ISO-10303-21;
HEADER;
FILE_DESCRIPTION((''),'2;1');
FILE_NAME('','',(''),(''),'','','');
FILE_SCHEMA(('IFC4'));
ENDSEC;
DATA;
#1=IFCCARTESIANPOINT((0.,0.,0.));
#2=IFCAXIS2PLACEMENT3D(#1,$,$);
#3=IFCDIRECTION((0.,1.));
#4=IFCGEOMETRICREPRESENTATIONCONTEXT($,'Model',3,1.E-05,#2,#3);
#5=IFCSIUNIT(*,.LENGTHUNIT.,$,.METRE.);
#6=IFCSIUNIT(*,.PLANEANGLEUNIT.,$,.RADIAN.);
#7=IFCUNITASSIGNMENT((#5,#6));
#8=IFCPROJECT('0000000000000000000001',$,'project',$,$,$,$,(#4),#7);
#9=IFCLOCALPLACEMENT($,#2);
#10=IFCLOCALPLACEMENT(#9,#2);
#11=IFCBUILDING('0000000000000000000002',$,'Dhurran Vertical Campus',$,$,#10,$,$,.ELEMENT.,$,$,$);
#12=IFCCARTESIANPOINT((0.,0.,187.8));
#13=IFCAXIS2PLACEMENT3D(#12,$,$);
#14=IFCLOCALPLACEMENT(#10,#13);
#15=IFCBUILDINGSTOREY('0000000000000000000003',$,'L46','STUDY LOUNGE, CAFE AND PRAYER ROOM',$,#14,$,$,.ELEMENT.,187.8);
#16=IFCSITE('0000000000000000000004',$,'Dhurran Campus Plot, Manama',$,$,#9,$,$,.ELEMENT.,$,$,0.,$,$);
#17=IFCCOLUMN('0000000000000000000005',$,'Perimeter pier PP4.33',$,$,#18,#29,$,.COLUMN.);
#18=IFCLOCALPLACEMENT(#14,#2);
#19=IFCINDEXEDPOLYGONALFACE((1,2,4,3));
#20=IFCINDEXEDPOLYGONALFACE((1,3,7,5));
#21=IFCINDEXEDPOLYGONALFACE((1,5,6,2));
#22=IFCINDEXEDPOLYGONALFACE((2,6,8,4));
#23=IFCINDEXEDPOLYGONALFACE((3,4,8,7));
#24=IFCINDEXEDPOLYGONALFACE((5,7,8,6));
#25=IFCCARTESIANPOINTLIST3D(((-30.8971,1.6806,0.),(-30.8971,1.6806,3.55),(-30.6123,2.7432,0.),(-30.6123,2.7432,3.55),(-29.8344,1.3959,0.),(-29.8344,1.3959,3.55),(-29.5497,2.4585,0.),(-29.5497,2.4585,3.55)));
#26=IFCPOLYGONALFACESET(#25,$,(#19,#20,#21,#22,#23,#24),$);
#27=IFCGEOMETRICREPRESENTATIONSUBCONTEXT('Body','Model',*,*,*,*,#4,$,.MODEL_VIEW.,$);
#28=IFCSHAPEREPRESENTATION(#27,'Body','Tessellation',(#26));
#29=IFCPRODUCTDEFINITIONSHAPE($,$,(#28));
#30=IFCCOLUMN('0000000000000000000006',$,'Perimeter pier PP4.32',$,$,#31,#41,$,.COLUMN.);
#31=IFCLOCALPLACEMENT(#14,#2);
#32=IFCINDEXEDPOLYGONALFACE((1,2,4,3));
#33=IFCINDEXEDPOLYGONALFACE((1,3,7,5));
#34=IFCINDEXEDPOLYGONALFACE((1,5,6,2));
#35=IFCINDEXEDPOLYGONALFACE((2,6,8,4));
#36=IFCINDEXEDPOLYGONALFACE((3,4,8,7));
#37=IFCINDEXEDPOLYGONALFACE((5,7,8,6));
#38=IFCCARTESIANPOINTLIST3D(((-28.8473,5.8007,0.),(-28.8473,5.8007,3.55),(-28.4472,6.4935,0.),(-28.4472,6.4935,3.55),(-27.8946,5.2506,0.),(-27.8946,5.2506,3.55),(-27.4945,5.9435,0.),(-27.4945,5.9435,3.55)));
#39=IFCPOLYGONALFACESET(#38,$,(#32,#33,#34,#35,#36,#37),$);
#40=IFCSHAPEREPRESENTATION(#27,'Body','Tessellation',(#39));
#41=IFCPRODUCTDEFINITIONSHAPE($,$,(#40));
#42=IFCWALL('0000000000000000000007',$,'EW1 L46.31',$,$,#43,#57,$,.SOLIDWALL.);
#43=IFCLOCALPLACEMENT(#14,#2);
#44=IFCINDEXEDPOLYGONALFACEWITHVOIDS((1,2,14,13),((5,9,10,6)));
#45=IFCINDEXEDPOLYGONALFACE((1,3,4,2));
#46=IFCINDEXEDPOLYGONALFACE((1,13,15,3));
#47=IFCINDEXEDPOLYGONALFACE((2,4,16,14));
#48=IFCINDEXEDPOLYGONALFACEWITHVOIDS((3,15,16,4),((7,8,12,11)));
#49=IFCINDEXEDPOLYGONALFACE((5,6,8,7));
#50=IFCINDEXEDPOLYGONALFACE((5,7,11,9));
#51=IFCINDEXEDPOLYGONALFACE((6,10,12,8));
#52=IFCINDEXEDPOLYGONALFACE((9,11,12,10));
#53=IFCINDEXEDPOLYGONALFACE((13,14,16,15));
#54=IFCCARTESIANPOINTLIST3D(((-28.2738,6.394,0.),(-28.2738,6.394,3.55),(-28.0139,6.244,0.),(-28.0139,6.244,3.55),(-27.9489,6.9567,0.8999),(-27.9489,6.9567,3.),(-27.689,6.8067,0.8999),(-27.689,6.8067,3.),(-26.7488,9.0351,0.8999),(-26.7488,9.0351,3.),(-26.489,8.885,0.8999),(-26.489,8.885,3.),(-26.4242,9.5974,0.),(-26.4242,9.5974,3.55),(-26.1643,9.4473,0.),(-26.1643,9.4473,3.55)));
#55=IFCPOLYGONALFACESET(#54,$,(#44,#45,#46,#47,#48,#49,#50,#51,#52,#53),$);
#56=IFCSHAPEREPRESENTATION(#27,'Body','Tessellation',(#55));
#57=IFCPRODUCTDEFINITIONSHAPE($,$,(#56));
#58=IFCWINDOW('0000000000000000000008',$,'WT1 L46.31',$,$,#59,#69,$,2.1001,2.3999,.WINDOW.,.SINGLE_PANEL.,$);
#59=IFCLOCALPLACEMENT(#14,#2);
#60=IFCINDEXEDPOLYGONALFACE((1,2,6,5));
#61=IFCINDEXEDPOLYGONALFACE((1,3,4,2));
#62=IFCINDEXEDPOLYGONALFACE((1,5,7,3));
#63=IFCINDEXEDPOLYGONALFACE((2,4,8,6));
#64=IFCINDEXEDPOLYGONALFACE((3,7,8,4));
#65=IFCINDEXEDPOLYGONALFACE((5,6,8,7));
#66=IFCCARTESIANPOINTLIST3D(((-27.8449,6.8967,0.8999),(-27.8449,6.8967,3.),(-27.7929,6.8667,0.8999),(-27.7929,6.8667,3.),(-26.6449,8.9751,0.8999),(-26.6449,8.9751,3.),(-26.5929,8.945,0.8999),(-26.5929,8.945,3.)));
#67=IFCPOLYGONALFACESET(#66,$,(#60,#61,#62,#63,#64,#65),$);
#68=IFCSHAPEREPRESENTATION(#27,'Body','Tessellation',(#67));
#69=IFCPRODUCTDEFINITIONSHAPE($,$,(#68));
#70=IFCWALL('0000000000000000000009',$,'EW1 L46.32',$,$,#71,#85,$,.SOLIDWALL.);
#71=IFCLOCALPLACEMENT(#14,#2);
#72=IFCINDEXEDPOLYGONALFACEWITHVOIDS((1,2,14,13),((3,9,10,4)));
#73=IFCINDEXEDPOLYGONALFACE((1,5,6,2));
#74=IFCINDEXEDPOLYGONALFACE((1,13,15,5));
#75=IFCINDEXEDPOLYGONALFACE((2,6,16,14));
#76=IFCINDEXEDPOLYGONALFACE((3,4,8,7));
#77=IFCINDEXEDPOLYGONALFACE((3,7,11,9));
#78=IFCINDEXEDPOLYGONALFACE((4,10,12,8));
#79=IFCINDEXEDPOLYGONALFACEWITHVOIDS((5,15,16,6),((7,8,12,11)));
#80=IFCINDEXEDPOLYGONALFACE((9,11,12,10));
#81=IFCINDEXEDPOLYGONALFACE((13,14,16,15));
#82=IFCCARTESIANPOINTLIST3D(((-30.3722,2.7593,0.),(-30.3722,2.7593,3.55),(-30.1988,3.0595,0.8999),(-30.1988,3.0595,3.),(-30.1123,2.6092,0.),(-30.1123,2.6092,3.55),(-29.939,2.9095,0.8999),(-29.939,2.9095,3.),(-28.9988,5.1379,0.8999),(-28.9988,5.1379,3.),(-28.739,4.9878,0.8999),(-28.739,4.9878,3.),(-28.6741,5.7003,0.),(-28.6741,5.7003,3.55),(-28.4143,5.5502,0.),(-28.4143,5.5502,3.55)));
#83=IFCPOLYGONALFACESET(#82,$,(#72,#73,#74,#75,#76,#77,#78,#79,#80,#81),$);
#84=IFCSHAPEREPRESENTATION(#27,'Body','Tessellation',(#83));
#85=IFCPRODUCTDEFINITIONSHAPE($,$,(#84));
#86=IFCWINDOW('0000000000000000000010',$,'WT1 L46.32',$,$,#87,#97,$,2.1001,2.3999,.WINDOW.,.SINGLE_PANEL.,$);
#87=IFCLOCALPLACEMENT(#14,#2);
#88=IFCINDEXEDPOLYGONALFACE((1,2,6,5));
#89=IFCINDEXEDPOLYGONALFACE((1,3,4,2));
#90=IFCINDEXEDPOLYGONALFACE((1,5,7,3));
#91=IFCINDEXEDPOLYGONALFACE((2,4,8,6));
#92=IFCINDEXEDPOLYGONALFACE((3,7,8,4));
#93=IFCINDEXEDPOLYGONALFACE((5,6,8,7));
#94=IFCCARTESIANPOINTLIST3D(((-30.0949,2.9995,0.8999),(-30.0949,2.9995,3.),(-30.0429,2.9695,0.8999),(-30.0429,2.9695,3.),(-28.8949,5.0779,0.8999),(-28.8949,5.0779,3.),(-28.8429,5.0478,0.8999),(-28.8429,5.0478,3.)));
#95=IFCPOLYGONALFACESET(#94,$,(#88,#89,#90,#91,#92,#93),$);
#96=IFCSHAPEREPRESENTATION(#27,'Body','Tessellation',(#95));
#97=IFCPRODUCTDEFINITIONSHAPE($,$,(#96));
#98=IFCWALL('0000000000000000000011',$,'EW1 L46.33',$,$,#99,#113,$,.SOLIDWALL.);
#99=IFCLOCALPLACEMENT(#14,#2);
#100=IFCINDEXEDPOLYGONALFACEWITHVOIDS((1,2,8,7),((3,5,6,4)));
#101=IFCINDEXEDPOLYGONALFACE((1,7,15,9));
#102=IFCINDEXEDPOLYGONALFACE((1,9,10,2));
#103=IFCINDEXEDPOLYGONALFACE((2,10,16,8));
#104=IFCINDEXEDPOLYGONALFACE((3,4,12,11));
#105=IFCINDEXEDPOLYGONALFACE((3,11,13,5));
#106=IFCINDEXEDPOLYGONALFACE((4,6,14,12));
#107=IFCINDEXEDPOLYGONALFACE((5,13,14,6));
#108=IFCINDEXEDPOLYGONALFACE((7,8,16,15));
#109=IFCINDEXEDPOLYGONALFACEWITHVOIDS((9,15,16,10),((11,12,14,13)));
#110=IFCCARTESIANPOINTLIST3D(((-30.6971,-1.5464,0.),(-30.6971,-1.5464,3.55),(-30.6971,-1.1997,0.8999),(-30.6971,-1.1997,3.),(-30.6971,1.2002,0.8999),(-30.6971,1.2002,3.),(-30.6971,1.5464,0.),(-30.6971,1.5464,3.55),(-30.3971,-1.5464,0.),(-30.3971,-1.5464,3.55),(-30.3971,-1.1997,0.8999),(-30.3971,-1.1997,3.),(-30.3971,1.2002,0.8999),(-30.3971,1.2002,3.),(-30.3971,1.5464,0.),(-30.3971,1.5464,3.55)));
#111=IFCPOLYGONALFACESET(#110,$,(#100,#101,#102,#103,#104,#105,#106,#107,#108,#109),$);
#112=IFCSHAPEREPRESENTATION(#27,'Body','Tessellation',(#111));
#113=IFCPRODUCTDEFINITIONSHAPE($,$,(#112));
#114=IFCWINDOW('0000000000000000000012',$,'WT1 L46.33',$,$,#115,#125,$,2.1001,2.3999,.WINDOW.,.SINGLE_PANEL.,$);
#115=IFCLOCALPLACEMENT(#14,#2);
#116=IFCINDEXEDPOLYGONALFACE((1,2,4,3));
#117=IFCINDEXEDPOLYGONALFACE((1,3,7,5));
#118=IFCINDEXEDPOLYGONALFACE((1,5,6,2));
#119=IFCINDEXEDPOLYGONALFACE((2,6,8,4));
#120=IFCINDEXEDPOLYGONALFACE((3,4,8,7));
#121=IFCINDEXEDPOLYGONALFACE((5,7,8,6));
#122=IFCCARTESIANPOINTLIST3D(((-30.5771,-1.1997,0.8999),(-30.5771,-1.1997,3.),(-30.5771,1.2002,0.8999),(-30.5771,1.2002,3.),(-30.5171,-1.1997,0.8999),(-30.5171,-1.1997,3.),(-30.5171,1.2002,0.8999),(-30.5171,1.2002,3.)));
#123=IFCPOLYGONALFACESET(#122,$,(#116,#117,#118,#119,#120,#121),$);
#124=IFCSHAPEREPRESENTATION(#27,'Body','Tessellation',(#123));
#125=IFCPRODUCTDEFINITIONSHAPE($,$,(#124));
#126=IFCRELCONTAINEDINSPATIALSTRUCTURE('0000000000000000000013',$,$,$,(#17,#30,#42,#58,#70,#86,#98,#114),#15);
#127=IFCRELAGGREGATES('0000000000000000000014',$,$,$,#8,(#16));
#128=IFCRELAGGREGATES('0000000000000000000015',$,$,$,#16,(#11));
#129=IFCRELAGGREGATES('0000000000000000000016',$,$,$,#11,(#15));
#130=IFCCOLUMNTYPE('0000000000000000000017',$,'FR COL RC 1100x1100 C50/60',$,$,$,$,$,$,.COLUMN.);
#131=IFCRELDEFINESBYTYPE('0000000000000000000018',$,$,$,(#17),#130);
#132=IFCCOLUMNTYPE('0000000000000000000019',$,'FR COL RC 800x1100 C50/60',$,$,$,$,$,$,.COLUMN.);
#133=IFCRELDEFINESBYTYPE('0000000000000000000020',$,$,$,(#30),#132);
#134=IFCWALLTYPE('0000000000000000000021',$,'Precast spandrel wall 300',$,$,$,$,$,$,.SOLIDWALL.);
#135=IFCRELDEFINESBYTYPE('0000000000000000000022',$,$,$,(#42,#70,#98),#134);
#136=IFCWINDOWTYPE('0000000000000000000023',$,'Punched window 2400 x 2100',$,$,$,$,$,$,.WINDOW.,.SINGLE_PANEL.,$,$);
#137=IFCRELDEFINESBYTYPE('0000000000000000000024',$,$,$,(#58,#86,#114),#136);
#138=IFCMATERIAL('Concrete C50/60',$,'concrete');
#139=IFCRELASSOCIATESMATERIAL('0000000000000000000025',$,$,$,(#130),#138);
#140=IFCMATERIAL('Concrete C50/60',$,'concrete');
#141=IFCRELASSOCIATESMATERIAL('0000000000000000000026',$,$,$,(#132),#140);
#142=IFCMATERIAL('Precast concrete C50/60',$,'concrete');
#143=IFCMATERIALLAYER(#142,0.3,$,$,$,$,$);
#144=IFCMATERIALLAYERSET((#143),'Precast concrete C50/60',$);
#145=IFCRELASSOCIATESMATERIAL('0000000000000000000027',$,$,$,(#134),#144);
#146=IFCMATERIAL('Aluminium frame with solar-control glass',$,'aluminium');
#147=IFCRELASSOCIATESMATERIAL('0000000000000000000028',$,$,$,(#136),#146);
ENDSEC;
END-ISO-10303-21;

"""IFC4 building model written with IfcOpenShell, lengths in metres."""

from ifc_helpers import new_model, si_unit, direction, frame, frame_2d, origin, origin_2d, place, context, subcontext, project, spatial, rectangle, extrude, material, layer, layer_set, material_profile, profile_set, type_object, element, fill, save


model = new_model("IFC4")

# Units and contexts
model_context = context("Model", 3, precision=1e-05, world=origin(), true_north=direction((0.0, 1.0)))
body_context = subcontext(model_context, "Body", "Model", "MODEL_VIEW")
ifc_project = project(units=[si_unit("LENGTHUNIT", "METRE"), si_unit("PLANEANGLEUNIT", "RADIAN")], contexts=[model_context])

# Site, building, storey
site_placement = place(None, origin())
site = spatial("IfcSite", under=ifc_project, at=site_placement, Name="Dhurran Campus Plot, Manama", CompositionType="ELEMENT", RefElevation=0.0)
building_placement = place(site_placement, origin())
building = spatial("IfcBuilding", under=site, at=building_placement, Name="Dhurran Vertical Campus", CompositionType="ELEMENT")
storey_placement = place(building_placement, frame((0.0, 0.0, 187.8)))
storey = spatial("IfcBuildingStorey", under=building, at=storey_placement, Name="L46", Description="STUDY LOUNGE, CAFE AND PRAYER ROOM", CompositionType="ELEMENT", Elevation=187.8)

# Columns
ifc_material_1 = material(Name="Concrete C50/60", Category="concrete")
ifc_material_profile_1 = material_profile(ifc_material_1, rectangle(XDim=1.1001, YDim=1.1001, at=origin_2d()), Name="RC 1100x1100")
ifc_profile_set_1 = profile_set([ifc_material_profile_1], Name="Concrete C50/60")
column_type_1 = type_object("IfcColumnType", Name="FR COL RC 1100x1100 C50/60", PredefinedType="COLUMN", material=ifc_profile_set_1)
column_1_placement = place(storey_placement, frame((-30.2234, 2.0696, 0.0), z_axis=(0.0, 0.0, 1.0), x_axis=(-0.258819, -0.965926, 0.0)))
element("IfcColumn", 1, at=column_1_placement, inside=storey, type_object=column_type_1, Name="Perimeter pier PP4.33", PredefinedType="COLUMN", context=body_context, shape_type="SweptSolid", body=[
    extrude(rectangle(XDim=1.1001, YDim=1.1001, at=origin_2d()), origin(), (0.0, 0.0, 1.0), 3.55),
])
ifc_material_2 = material(Name="Concrete C50/60", Category="concrete")
ifc_material_profile_2 = material_profile(ifc_material_2, rectangle(XDim=0.8, YDim=1.1001, at=origin_2d()), Name="RC 800x1100")
ifc_profile_set_2 = profile_set([ifc_material_profile_2], Name="Concrete C50/60")
column_type_2 = type_object("IfcColumnType", Name="FR COL RC 800x1100 C50/60", PredefinedType="COLUMN", material=ifc_profile_set_2)
column_2_placement = place(storey_placement, frame((-28.1709, 5.8721, 0.0), z_axis=(0.0, 0.0, 1.0), x_axis=(-0.5, -0.866025, 0.0)))
element("IfcColumn", 2, at=column_2_placement, inside=storey, type_object=column_type_2, Name="Perimeter pier PP4.32", PredefinedType="COLUMN", context=body_context, shape_type="SweptSolid", body=[
    extrude(rectangle(XDim=0.8, YDim=1.1001, at=origin_2d()), origin(), (0.0, 0.0, 1.0), 3.55),
])

# Walls, openings, windows
ifc_material_3 = material(Name="Precast concrete C50/60", Category="concrete")
ifc_layer_1 = layer(ifc_material_3, 0.3)
ifc_layer_set_1 = layer_set([ifc_layer_1], Name="Precast concrete C50/60")
wall_type_1 = type_object("IfcWallType", Name="Precast spandrel wall 300", PredefinedType="SOLIDWALL", material=ifc_layer_set_1)
wall_1_placement = place(storey_placement, frame((-26.2942, 9.5225, 0.0), z_axis=(0.0, 0.0, 1.0), x_axis=(-0.500029, -0.866009, 0.0)))
wall_1 = element("IfcWall", 3, at=wall_1_placement, inside=storey, type_object=wall_type_1, Name="EW1 L46.31", PredefinedType="SOLIDWALL", context=body_context, shape_type="SweptSolid", body=[
    extrude(rectangle(XDim=3.699, YDim=0.3, at=frame_2d((1.8496, 0.0))), origin(), (0.0, 0.0, 1.0), 3.55),
])
opening_1_placement = place(wall_1_placement, frame((0.6494, 0.0, 0.8999)))
opening_1 = element("IfcOpeningElement", 4, at=opening_1_placement, cuts=wall_1, PredefinedType="OPENING", context=body_context, shape_type="SweptSolid", body=[
    extrude(rectangle(XDim=2.3999, YDim=2.1001, at=frame_2d((1.2, 1.05))), frame((0.0, 0.1599, 0.0), z_axis=(0.0, -1.0, 0.0), x_axis=(1.0, 0.0, 0.0)), (0.0, 0.0, 1.0), 0.3201),
])
ifc_material_4 = material(Name="Aluminium frame with solar-control glass", Category="aluminium")
window_type = type_object("IfcWindowType", Name="Punched window 2400 x 2100", PartitioningType="SINGLE_PANEL", PredefinedType="WINDOW", material=ifc_material_4)
window_1_placement = place(opening_1_placement, origin())
window_1 = element("IfcWindow", 5, at=window_1_placement, inside=storey, type_object=window_type, Name="WT1 L46.31", OverallHeight=2.1001, OverallWidth=2.3999, PartitioningType="SINGLE_PANEL", PredefinedType="WINDOW", context=body_context, shape_type="SweptSolid", body=[
    extrude(rectangle(XDim=2.3999, YDim=2.1001, at=frame_2d((1.2, 1.05))), frame((0.0, 0.03, 0.0), z_axis=(0.0, -1.0, 0.0), x_axis=(1.0, 0.0, 0.0)), (0.0, 0.0, 1.0), 0.0601),
])
fill(opening_1, window_1)
wall_2_placement = place(storey_placement, frame((-28.5442, 5.6252, 0.0), z_axis=(0.0, 0.0, 1.0), x_axis=(-0.500013, -0.866018, 0.0)))
wall_2 = element("IfcWall", 6, at=wall_2_placement, inside=storey, type_object=wall_type_1, Name="EW1 L46.32", PredefinedType="SOLIDWALL", context=body_context, shape_type="SweptSolid", body=[
    extrude(rectangle(XDim=3.396, YDim=0.3, at=frame_2d((1.698, 0.0))), origin(), (0.0, 0.0, 1.0), 3.55),
])
opening_2_placement = place(wall_2_placement, frame((0.6494, 0.0, 0.8999)))
opening_2 = element("IfcOpeningElement", 7, at=opening_2_placement, cuts=wall_2, PredefinedType="OPENING", context=body_context, shape_type="SweptSolid", body=[
    extrude(rectangle(XDim=2.3999, YDim=2.1001, at=frame_2d((1.2, 1.05))), frame((0.0, 0.1599, 0.0), z_axis=(0.0, -1.0, 0.0), x_axis=(1.0, 0.0, 0.0)), (0.0, 0.0, 1.0), 0.3201),
])
window_2_placement = place(opening_2_placement, origin())
window_2 = element("IfcWindow", 8, at=window_2_placement, inside=storey, type_object=window_type, Name="WT1 L46.32", OverallHeight=2.1001, OverallWidth=2.3999, PartitioningType="SINGLE_PANEL", PredefinedType="WINDOW", context=body_context, shape_type="SweptSolid", body=[
    extrude(rectangle(XDim=2.3999, YDim=2.1001, at=frame_2d((1.2, 1.05))), frame((0.0, 0.03, 0.0), z_axis=(0.0, -1.0, 0.0), x_axis=(1.0, 0.0, 0.0)), (0.0, 0.0, 1.0), 0.0601),
])
fill(opening_2, window_2)
wall_3_placement = place(storey_placement, frame((-30.5471, 1.5464, 0.0), z_axis=(0.0, 0.0, 1.0), x_axis=(0.0, -1.0, 0.0)))
wall_3 = element("IfcWall", 9, at=wall_3_placement, inside=storey, type_object=wall_type_1, Name="EW1 L46.33", PredefinedType="SOLIDWALL", context=body_context, shape_type="SweptSolid", body=[
    extrude(rectangle(XDim=3.0928, YDim=0.3, at=frame_2d((1.5464, 0.0))), origin(), (0.0, 0.0, 1.0), 3.55),
])
opening_3_placement = place(wall_3_placement, frame((0.3462, 0.0, 0.8999)))
opening_3 = element("IfcOpeningElement", 10, at=opening_3_placement, cuts=wall_3, PredefinedType="OPENING", context=body_context, shape_type="SweptSolid", body=[
    extrude(rectangle(XDim=2.3999, YDim=2.1001, at=frame_2d((1.2, 1.05))), frame((0.0, 0.1599, 0.0), z_axis=(0.0, -1.0, 0.0), x_axis=(1.0, 0.0, 0.0)), (0.0, 0.0, 1.0), 0.3201),
])
window_3_placement = place(opening_3_placement, origin())
window_3 = element("IfcWindow", 11, at=window_3_placement, inside=storey, type_object=window_type, Name="WT1 L46.33", OverallHeight=2.1001, OverallWidth=2.3999, PartitioningType="SINGLE_PANEL", PredefinedType="WINDOW", context=body_context, shape_type="SweptSolid", body=[
    extrude(rectangle(XDim=2.3999, YDim=2.1001, at=frame_2d((1.2, 1.05))), frame((0.0, 0.03, 0.0), z_axis=(0.0, -1.0, 0.0), x_axis=(1.0, 0.0, 0.0)), (0.0, 0.0, 1.0), 0.0601),
])
fill(opening_3, window_3)

save(model, "model.ifc")
